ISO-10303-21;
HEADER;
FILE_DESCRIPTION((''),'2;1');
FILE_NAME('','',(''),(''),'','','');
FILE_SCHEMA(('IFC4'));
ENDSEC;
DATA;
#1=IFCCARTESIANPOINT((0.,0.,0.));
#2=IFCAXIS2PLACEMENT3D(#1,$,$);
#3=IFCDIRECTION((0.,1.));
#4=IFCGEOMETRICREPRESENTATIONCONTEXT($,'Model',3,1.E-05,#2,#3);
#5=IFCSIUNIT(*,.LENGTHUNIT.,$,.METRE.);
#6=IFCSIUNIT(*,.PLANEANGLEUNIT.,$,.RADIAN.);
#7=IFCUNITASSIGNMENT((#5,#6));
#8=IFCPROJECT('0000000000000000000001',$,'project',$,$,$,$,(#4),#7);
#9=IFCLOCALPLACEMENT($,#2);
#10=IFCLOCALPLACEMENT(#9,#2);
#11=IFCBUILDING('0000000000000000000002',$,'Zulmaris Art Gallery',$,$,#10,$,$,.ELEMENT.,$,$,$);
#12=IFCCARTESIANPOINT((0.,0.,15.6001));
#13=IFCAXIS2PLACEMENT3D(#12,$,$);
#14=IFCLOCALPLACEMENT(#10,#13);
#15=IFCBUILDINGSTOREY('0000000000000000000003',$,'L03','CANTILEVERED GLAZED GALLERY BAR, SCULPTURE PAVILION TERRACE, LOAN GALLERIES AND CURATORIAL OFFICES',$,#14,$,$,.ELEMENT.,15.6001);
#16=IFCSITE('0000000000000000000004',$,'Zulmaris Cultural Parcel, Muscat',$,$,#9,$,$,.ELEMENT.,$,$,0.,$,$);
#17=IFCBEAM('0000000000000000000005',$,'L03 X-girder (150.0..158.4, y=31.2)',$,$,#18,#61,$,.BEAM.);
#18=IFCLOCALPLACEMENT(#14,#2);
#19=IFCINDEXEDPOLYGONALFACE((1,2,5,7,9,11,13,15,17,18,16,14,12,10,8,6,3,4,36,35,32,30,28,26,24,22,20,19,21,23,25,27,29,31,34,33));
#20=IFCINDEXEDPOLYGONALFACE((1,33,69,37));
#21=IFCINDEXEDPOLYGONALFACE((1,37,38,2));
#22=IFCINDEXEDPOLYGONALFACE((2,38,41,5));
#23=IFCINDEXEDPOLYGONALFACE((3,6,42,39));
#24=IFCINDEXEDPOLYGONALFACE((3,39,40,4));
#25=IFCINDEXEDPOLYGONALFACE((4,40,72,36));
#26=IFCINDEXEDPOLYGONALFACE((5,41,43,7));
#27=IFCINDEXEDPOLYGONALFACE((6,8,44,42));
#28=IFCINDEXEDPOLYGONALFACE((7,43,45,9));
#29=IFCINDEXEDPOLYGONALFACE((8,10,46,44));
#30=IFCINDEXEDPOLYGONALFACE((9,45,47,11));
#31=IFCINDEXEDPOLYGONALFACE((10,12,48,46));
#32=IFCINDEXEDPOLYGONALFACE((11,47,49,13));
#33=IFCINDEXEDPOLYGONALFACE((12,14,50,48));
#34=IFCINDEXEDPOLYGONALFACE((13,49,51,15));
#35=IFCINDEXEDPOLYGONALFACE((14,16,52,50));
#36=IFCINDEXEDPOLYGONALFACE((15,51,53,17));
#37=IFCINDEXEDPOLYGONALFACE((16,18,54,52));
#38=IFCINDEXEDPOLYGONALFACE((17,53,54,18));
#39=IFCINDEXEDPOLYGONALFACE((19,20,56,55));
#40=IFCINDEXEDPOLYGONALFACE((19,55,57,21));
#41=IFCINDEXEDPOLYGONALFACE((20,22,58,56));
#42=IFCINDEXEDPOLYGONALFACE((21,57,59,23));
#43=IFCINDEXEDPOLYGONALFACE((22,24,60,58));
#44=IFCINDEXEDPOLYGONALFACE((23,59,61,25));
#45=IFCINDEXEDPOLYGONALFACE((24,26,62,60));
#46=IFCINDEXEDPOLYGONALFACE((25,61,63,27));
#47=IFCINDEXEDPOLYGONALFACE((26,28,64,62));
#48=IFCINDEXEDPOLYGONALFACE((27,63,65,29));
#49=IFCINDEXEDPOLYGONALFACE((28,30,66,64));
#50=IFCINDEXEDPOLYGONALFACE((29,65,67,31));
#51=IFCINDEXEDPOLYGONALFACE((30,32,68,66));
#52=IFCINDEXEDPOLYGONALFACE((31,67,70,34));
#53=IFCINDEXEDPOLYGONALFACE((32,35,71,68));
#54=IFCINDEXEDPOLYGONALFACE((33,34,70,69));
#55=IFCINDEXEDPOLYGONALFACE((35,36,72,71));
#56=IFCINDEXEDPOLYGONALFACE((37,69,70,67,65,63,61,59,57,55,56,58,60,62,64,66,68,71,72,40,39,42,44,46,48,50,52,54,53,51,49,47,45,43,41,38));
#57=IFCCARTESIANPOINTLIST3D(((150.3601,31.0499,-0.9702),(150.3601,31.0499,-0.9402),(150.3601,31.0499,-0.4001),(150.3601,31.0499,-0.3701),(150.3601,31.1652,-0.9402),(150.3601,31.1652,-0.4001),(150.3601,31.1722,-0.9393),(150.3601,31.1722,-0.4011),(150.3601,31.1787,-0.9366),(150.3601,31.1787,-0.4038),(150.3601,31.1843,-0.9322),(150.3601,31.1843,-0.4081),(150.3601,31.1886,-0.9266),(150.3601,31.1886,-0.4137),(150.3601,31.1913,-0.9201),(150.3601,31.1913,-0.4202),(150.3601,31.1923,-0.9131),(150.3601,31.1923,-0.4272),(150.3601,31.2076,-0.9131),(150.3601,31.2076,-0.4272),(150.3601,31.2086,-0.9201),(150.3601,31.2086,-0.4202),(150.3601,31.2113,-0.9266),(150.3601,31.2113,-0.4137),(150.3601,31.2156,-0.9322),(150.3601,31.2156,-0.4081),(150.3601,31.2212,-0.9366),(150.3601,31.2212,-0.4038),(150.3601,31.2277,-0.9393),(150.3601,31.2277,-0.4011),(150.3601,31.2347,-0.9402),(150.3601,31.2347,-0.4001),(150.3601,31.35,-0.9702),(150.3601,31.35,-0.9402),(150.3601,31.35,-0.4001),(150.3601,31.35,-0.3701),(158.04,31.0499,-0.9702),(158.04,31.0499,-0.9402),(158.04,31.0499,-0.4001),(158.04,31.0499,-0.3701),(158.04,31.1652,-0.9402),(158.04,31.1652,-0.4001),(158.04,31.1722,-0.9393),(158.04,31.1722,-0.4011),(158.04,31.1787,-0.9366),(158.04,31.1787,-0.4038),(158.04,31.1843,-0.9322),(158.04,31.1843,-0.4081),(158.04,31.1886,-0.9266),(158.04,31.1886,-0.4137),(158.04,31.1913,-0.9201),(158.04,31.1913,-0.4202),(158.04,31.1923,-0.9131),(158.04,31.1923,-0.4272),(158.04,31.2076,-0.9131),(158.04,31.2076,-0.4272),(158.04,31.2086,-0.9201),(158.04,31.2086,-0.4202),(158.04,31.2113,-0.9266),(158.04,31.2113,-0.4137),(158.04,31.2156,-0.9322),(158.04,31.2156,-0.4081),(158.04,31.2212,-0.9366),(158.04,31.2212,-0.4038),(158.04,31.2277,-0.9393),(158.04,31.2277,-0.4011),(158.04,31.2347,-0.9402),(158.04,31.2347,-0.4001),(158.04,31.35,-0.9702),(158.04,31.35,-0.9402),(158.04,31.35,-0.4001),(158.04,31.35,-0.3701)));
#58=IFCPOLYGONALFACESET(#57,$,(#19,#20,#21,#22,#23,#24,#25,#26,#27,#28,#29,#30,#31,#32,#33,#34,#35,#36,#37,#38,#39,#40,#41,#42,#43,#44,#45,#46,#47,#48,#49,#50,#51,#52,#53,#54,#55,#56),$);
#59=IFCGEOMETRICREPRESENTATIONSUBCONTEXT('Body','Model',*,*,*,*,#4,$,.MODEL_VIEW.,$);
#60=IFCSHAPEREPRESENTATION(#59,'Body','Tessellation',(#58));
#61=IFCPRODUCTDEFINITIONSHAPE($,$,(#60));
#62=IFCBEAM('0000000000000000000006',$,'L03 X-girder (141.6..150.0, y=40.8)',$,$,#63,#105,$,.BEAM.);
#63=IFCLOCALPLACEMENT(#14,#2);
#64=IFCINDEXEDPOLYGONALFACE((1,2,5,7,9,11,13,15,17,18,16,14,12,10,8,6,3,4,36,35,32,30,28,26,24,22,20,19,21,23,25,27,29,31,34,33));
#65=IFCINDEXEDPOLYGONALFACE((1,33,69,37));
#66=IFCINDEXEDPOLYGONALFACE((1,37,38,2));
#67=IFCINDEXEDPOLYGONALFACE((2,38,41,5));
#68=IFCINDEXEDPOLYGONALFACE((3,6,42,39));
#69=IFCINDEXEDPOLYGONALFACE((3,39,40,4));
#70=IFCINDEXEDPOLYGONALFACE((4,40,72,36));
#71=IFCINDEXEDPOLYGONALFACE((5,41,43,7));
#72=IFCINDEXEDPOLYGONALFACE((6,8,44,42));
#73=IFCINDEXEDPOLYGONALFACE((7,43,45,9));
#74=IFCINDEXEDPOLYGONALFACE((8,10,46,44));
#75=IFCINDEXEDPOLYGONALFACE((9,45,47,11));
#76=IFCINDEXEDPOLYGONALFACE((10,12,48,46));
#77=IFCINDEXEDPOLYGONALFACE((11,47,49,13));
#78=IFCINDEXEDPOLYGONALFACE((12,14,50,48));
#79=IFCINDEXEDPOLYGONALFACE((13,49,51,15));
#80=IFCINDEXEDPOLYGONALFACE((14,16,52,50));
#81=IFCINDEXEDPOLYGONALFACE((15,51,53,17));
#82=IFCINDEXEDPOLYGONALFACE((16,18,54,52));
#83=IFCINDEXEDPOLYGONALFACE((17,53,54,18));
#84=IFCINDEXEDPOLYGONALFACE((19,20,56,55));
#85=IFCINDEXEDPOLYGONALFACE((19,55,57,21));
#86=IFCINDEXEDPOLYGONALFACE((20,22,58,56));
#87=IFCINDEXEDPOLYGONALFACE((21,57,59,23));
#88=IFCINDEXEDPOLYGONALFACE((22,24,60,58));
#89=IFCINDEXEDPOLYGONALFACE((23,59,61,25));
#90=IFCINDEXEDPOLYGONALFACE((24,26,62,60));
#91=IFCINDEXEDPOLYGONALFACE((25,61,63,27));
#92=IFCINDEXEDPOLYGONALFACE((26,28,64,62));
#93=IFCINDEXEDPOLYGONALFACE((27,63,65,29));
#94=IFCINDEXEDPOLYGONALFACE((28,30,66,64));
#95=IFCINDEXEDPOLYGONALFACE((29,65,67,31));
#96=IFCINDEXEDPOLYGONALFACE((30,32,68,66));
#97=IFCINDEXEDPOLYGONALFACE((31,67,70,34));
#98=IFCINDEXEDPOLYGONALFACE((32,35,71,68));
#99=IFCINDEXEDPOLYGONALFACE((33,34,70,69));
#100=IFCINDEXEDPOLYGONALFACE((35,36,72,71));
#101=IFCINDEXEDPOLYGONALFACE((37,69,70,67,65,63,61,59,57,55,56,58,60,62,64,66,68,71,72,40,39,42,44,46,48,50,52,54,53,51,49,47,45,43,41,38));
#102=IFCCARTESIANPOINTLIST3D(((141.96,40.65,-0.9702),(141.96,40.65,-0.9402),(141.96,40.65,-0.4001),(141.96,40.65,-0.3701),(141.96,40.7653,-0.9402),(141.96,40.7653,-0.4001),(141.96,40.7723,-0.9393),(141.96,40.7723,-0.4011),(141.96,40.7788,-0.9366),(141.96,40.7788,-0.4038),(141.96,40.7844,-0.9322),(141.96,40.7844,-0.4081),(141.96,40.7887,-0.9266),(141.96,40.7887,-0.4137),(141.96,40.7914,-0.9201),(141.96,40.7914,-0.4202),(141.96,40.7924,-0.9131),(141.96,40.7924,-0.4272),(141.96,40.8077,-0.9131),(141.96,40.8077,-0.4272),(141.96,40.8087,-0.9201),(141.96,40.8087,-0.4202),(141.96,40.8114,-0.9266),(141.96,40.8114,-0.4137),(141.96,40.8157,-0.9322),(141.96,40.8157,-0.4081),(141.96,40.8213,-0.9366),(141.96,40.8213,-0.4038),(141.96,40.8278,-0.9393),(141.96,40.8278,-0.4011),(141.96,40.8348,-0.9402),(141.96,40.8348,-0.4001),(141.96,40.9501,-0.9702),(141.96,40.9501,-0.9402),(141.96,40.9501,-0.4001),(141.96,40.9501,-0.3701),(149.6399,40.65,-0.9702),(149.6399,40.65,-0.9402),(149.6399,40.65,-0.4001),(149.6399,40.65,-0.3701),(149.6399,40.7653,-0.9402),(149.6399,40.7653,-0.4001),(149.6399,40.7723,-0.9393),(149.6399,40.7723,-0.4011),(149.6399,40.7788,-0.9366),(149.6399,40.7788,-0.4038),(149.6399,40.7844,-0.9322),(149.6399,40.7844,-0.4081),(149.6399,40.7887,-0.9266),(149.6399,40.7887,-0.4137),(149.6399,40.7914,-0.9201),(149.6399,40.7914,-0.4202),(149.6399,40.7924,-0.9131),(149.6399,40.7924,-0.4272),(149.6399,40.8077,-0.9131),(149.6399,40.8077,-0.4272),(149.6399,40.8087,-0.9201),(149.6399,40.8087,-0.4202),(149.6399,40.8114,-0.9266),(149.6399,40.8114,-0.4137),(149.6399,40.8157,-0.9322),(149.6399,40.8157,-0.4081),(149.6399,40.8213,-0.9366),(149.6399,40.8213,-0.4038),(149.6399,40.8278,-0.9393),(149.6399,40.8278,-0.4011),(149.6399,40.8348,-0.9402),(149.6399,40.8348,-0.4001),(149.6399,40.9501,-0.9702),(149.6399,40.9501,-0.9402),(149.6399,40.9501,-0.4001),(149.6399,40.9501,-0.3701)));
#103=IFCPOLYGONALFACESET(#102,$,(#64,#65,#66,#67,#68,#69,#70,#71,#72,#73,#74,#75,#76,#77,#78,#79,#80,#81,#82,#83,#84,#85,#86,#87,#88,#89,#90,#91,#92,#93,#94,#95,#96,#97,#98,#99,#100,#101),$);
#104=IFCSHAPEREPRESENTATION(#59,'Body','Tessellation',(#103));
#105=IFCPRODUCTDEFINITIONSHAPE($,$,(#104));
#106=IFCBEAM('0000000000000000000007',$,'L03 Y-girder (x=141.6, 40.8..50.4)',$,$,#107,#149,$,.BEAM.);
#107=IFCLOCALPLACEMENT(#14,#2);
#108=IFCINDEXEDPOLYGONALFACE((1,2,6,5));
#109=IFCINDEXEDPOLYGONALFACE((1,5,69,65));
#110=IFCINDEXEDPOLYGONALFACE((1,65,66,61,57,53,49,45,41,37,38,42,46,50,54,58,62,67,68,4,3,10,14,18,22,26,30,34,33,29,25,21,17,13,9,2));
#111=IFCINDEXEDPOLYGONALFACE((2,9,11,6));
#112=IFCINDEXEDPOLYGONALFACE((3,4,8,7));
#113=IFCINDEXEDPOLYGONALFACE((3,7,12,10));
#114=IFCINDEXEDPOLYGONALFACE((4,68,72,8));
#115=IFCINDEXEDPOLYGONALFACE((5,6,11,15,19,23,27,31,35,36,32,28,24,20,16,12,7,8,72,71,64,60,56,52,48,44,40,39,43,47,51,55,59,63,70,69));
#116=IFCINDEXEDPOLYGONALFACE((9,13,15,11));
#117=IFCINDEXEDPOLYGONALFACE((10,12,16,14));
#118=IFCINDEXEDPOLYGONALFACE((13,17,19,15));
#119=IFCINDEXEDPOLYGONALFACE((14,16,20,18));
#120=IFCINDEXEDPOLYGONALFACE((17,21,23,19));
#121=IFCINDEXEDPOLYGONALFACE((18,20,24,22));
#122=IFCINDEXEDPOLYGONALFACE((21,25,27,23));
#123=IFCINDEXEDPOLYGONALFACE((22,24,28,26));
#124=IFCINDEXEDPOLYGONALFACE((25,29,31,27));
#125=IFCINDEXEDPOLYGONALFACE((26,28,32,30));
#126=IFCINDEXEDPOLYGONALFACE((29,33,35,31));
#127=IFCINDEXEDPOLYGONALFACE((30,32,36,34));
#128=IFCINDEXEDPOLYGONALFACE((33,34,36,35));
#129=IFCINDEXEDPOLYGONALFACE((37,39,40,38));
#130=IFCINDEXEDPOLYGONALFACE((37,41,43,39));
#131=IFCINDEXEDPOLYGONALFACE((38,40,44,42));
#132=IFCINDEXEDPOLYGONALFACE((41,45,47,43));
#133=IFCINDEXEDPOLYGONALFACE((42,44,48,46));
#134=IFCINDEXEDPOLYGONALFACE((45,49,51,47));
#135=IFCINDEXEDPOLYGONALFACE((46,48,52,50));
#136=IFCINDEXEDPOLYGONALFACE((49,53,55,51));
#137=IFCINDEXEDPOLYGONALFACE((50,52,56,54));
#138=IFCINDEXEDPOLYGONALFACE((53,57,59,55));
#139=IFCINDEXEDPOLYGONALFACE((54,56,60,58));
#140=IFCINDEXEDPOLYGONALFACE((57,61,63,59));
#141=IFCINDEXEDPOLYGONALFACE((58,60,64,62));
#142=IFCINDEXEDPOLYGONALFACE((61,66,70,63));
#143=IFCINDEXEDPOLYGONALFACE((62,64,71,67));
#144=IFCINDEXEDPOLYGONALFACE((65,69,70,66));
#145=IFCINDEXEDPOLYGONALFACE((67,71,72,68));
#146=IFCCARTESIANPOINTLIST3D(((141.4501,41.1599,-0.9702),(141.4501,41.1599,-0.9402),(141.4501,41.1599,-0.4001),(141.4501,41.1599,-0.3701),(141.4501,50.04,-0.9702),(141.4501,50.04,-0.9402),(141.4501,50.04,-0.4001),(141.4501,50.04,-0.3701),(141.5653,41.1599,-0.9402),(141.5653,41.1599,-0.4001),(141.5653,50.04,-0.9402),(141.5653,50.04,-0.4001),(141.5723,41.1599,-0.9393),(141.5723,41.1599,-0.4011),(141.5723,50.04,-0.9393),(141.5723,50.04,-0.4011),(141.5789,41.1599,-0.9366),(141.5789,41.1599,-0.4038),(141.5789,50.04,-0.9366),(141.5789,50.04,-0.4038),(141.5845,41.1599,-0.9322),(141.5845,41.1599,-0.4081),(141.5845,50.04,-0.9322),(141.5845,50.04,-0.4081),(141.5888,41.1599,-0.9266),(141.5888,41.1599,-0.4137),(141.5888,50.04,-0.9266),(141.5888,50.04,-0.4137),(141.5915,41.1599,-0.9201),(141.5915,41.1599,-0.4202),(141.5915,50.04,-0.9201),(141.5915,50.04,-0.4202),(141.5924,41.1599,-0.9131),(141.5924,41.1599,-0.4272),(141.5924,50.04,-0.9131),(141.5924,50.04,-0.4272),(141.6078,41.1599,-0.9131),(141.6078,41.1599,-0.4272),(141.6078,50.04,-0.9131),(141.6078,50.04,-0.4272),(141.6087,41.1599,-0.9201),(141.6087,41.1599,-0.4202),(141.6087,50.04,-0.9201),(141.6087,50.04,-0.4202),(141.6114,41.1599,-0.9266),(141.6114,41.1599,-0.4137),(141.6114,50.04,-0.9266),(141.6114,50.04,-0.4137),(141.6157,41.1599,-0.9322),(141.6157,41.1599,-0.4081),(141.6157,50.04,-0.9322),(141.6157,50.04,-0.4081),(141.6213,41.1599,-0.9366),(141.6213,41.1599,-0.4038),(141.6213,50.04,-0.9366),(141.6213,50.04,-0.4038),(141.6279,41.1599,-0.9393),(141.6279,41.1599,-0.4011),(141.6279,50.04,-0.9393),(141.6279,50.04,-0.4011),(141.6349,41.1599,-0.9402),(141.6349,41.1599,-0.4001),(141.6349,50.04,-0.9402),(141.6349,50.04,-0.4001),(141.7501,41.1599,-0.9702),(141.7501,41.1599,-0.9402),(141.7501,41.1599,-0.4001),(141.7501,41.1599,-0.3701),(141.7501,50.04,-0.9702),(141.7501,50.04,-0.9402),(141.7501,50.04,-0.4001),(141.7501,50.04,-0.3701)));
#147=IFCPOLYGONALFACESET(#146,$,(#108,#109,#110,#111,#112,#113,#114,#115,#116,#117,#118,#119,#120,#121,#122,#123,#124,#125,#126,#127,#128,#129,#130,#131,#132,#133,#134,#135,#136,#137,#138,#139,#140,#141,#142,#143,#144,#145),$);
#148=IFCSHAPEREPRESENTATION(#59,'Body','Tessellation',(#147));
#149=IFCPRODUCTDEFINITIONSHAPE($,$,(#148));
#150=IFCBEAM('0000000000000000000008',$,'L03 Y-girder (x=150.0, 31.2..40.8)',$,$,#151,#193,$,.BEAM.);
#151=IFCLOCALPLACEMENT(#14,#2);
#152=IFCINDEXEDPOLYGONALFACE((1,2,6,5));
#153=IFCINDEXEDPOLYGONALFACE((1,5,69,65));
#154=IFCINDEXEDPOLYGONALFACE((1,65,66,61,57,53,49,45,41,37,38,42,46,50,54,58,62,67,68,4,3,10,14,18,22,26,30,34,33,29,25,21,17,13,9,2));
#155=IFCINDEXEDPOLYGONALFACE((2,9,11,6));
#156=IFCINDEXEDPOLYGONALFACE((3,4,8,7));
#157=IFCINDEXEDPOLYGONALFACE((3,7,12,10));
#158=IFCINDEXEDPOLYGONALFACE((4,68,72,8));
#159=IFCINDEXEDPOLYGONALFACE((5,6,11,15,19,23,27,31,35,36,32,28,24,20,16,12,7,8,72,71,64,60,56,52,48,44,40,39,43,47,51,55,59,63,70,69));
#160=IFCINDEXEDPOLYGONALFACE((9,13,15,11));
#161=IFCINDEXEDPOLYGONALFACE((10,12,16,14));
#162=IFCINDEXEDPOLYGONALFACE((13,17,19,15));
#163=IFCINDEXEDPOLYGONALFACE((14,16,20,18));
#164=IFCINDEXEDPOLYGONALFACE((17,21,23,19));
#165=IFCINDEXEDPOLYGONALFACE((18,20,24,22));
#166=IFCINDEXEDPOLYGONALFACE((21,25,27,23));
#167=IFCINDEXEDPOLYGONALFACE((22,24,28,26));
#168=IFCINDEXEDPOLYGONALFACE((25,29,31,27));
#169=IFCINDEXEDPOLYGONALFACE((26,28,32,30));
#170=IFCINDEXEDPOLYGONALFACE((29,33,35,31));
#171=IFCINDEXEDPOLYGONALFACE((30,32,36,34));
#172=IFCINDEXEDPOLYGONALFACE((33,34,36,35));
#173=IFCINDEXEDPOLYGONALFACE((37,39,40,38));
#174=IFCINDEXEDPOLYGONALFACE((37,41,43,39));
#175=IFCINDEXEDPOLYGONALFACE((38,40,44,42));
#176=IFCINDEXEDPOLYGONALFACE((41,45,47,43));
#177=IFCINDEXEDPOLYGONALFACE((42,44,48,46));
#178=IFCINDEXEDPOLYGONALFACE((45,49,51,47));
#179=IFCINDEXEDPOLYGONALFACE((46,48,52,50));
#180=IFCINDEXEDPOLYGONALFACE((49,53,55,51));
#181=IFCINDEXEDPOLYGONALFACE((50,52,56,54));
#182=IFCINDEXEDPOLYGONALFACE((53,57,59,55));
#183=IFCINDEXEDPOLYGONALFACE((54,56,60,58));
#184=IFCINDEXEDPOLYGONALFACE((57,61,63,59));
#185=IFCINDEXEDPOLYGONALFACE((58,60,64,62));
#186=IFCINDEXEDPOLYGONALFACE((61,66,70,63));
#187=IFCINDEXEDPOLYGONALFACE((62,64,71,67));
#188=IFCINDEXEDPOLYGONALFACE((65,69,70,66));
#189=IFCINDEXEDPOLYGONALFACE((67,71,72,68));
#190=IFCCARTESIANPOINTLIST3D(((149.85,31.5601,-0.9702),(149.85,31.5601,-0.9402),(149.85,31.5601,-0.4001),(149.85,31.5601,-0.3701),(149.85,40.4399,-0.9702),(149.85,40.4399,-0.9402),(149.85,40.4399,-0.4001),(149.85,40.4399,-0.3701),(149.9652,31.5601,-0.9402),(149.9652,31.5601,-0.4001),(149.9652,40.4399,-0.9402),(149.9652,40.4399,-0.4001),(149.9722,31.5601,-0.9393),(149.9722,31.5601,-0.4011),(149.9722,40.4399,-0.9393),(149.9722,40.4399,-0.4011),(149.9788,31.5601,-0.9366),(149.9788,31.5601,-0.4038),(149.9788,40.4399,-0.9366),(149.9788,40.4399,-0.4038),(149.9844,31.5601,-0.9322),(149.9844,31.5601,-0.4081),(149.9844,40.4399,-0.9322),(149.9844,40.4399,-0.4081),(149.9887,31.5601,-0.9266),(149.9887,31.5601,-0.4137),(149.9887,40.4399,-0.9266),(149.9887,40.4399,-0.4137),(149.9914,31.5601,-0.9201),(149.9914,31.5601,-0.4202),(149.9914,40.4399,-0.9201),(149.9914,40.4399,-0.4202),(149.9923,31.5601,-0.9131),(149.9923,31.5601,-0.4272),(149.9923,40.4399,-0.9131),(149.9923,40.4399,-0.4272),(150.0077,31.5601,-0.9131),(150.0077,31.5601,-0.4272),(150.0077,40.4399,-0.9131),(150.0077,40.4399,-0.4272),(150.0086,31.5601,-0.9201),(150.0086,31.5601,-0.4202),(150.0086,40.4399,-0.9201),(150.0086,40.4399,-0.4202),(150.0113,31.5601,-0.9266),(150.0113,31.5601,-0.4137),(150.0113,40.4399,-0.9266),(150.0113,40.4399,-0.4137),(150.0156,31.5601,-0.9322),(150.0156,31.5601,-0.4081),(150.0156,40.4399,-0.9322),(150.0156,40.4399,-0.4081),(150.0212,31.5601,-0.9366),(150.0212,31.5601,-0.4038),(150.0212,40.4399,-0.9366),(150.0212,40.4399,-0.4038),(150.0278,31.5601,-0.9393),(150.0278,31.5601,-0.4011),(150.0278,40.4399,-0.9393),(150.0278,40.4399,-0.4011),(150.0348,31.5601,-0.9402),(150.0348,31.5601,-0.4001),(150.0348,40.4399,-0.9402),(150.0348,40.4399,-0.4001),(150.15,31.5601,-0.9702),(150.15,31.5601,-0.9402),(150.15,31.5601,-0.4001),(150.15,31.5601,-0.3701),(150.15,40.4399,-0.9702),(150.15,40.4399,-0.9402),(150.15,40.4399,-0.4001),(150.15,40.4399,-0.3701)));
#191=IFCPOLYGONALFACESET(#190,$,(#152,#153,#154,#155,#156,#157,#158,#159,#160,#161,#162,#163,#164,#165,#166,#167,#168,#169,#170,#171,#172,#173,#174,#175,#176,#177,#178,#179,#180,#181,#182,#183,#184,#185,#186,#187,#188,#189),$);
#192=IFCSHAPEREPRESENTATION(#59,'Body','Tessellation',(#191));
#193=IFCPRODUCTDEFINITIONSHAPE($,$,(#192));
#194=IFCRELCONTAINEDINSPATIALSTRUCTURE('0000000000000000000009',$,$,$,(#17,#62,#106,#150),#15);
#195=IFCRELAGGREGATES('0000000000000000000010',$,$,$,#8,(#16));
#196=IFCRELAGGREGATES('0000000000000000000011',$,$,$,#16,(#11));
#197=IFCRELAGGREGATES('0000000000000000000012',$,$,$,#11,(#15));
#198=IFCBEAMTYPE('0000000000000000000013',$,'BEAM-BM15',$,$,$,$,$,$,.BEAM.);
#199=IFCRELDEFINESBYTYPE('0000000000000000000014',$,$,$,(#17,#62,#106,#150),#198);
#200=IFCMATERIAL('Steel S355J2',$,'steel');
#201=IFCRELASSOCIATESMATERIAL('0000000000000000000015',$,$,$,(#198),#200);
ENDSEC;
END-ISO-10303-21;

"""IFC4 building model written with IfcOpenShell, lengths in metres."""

from ifc_helpers import new_model, si_unit, direction, frame, origin, origin_2d, place, context, subcontext, project, spatial, i_section, extrude, material, material_profile, profile_set, type_object, element, save


model = new_model("IFC4")

# Units and contexts
model_context = context("Model", 3, precision=1e-05, world=origin(), true_north=direction((0.0, 1.0)))
body_context = subcontext(model_context, "Body", "Model", "MODEL_VIEW")
ifc_project = project(units=[si_unit("LENGTHUNIT", "METRE"), si_unit("PLANEANGLEUNIT", "RADIAN")], contexts=[model_context])

# Site, building, storey
site_placement = place(None, origin())
site = spatial("IfcSite", under=ifc_project, at=site_placement, Name="Zulmaris Cultural Parcel, Muscat", CompositionType="ELEMENT", RefElevation=0.0)
building_placement = place(site_placement, origin())
building = spatial("IfcBuilding", under=site, at=building_placement, Name="Zulmaris Art Gallery", CompositionType="ELEMENT")
storey_placement = place(building_placement, frame((0.0, 0.0, 15.6001)))
storey = spatial("IfcBuildingStorey", under=building, at=storey_placement, Name="L03", Description="CANTILEVERED GLAZED GALLERY BAR, SCULPTURE PAVILION TERRACE, LOAN GALLERIES AND CURATORIAL OFFICES", CompositionType="ELEMENT", Elevation=15.6001)

# Beams
ifc_material_1 = material(Name="Steel S355J2", Category="steel")
ifc_material_profile_1 = material_profile(ifc_material_1, i_section(OverallWidth=0.3, OverallDepth=0.6001, WebThickness=0.0154, FlangeThickness=0.03, FilletRadius=0.0271, at=origin_2d()), Name="HEB 600")
ifc_profile_set_1 = profile_set([ifc_material_profile_1], Name="Steel S355J2")
beam_type_1 = type_object("IfcBeamType", Name="BEAM-BM15", PredefinedType="BEAM", material=ifc_profile_set_1)
for number, where, z_axis, x_axis, name in (
    (1, (150.3601, 31.2, -0.6702), (1.0, 0.0, 0.0), (0.0, 1.0, 0.0), "L03 X-girder (150.0..158.4, y=31.2)"),
    (2, (141.96, 40.8, -0.6702), (1.0, 0.0, 0.0), (0.0, 1.0, 0.0), "L03 X-girder (141.6..150.0, y=40.8)"),
):
    element("IfcBeam", number, at=place(storey_placement, frame(where, z_axis=z_axis, x_axis=x_axis)), inside=storey, type_object=beam_type_1, Name=name, PredefinedType="BEAM", context=body_context, shape_type="SweptSolid", body=[
        extrude(i_section(OverallWidth=0.3, OverallDepth=0.6001, WebThickness=0.0154, FlangeThickness=0.03, FilletRadius=0.0271, at=origin_2d()), origin(), (0.0, 0.0, 1.0), 7.6799),
    ])
beam_1_placement = place(storey_placement, frame((141.6001, 41.1599, -0.6702), z_axis=(0.0, 1.0, 0.0), x_axis=(-1.0, 0.0, 0.0)))
element("IfcBeam", 3, at=beam_1_placement, inside=storey, type_object=beam_type_1, Name="L03 Y-girder (x=141.6, 40.8..50.4)", PredefinedType="BEAM", context=body_context, shape_type="SweptSolid", body=[
    extrude(i_section(OverallWidth=0.3, OverallDepth=0.6001, WebThickness=0.0154, FlangeThickness=0.03, FilletRadius=0.0271, at=origin_2d()), origin(), (0.0, 0.0, 1.0), 8.8801),
])
beam_2_placement = place(storey_placement, frame((150.0, 31.5601, -0.6702), z_axis=(0.0, 1.0, 0.0), x_axis=(-1.0, 0.0, 0.0)))
element("IfcBeam", 4, at=beam_2_placement, inside=storey, type_object=beam_type_1, Name="L03 Y-girder (x=150.0, 31.2..40.8)", PredefinedType="BEAM", context=body_context, shape_type="SweptSolid", body=[
    extrude(i_section(OverallWidth=0.3, OverallDepth=0.6001, WebThickness=0.0154, FlangeThickness=0.03, FilletRadius=0.0271, at=origin_2d()), origin(), (0.0, 0.0, 1.0), 8.8799),
])

save(model, "model.ifc")
